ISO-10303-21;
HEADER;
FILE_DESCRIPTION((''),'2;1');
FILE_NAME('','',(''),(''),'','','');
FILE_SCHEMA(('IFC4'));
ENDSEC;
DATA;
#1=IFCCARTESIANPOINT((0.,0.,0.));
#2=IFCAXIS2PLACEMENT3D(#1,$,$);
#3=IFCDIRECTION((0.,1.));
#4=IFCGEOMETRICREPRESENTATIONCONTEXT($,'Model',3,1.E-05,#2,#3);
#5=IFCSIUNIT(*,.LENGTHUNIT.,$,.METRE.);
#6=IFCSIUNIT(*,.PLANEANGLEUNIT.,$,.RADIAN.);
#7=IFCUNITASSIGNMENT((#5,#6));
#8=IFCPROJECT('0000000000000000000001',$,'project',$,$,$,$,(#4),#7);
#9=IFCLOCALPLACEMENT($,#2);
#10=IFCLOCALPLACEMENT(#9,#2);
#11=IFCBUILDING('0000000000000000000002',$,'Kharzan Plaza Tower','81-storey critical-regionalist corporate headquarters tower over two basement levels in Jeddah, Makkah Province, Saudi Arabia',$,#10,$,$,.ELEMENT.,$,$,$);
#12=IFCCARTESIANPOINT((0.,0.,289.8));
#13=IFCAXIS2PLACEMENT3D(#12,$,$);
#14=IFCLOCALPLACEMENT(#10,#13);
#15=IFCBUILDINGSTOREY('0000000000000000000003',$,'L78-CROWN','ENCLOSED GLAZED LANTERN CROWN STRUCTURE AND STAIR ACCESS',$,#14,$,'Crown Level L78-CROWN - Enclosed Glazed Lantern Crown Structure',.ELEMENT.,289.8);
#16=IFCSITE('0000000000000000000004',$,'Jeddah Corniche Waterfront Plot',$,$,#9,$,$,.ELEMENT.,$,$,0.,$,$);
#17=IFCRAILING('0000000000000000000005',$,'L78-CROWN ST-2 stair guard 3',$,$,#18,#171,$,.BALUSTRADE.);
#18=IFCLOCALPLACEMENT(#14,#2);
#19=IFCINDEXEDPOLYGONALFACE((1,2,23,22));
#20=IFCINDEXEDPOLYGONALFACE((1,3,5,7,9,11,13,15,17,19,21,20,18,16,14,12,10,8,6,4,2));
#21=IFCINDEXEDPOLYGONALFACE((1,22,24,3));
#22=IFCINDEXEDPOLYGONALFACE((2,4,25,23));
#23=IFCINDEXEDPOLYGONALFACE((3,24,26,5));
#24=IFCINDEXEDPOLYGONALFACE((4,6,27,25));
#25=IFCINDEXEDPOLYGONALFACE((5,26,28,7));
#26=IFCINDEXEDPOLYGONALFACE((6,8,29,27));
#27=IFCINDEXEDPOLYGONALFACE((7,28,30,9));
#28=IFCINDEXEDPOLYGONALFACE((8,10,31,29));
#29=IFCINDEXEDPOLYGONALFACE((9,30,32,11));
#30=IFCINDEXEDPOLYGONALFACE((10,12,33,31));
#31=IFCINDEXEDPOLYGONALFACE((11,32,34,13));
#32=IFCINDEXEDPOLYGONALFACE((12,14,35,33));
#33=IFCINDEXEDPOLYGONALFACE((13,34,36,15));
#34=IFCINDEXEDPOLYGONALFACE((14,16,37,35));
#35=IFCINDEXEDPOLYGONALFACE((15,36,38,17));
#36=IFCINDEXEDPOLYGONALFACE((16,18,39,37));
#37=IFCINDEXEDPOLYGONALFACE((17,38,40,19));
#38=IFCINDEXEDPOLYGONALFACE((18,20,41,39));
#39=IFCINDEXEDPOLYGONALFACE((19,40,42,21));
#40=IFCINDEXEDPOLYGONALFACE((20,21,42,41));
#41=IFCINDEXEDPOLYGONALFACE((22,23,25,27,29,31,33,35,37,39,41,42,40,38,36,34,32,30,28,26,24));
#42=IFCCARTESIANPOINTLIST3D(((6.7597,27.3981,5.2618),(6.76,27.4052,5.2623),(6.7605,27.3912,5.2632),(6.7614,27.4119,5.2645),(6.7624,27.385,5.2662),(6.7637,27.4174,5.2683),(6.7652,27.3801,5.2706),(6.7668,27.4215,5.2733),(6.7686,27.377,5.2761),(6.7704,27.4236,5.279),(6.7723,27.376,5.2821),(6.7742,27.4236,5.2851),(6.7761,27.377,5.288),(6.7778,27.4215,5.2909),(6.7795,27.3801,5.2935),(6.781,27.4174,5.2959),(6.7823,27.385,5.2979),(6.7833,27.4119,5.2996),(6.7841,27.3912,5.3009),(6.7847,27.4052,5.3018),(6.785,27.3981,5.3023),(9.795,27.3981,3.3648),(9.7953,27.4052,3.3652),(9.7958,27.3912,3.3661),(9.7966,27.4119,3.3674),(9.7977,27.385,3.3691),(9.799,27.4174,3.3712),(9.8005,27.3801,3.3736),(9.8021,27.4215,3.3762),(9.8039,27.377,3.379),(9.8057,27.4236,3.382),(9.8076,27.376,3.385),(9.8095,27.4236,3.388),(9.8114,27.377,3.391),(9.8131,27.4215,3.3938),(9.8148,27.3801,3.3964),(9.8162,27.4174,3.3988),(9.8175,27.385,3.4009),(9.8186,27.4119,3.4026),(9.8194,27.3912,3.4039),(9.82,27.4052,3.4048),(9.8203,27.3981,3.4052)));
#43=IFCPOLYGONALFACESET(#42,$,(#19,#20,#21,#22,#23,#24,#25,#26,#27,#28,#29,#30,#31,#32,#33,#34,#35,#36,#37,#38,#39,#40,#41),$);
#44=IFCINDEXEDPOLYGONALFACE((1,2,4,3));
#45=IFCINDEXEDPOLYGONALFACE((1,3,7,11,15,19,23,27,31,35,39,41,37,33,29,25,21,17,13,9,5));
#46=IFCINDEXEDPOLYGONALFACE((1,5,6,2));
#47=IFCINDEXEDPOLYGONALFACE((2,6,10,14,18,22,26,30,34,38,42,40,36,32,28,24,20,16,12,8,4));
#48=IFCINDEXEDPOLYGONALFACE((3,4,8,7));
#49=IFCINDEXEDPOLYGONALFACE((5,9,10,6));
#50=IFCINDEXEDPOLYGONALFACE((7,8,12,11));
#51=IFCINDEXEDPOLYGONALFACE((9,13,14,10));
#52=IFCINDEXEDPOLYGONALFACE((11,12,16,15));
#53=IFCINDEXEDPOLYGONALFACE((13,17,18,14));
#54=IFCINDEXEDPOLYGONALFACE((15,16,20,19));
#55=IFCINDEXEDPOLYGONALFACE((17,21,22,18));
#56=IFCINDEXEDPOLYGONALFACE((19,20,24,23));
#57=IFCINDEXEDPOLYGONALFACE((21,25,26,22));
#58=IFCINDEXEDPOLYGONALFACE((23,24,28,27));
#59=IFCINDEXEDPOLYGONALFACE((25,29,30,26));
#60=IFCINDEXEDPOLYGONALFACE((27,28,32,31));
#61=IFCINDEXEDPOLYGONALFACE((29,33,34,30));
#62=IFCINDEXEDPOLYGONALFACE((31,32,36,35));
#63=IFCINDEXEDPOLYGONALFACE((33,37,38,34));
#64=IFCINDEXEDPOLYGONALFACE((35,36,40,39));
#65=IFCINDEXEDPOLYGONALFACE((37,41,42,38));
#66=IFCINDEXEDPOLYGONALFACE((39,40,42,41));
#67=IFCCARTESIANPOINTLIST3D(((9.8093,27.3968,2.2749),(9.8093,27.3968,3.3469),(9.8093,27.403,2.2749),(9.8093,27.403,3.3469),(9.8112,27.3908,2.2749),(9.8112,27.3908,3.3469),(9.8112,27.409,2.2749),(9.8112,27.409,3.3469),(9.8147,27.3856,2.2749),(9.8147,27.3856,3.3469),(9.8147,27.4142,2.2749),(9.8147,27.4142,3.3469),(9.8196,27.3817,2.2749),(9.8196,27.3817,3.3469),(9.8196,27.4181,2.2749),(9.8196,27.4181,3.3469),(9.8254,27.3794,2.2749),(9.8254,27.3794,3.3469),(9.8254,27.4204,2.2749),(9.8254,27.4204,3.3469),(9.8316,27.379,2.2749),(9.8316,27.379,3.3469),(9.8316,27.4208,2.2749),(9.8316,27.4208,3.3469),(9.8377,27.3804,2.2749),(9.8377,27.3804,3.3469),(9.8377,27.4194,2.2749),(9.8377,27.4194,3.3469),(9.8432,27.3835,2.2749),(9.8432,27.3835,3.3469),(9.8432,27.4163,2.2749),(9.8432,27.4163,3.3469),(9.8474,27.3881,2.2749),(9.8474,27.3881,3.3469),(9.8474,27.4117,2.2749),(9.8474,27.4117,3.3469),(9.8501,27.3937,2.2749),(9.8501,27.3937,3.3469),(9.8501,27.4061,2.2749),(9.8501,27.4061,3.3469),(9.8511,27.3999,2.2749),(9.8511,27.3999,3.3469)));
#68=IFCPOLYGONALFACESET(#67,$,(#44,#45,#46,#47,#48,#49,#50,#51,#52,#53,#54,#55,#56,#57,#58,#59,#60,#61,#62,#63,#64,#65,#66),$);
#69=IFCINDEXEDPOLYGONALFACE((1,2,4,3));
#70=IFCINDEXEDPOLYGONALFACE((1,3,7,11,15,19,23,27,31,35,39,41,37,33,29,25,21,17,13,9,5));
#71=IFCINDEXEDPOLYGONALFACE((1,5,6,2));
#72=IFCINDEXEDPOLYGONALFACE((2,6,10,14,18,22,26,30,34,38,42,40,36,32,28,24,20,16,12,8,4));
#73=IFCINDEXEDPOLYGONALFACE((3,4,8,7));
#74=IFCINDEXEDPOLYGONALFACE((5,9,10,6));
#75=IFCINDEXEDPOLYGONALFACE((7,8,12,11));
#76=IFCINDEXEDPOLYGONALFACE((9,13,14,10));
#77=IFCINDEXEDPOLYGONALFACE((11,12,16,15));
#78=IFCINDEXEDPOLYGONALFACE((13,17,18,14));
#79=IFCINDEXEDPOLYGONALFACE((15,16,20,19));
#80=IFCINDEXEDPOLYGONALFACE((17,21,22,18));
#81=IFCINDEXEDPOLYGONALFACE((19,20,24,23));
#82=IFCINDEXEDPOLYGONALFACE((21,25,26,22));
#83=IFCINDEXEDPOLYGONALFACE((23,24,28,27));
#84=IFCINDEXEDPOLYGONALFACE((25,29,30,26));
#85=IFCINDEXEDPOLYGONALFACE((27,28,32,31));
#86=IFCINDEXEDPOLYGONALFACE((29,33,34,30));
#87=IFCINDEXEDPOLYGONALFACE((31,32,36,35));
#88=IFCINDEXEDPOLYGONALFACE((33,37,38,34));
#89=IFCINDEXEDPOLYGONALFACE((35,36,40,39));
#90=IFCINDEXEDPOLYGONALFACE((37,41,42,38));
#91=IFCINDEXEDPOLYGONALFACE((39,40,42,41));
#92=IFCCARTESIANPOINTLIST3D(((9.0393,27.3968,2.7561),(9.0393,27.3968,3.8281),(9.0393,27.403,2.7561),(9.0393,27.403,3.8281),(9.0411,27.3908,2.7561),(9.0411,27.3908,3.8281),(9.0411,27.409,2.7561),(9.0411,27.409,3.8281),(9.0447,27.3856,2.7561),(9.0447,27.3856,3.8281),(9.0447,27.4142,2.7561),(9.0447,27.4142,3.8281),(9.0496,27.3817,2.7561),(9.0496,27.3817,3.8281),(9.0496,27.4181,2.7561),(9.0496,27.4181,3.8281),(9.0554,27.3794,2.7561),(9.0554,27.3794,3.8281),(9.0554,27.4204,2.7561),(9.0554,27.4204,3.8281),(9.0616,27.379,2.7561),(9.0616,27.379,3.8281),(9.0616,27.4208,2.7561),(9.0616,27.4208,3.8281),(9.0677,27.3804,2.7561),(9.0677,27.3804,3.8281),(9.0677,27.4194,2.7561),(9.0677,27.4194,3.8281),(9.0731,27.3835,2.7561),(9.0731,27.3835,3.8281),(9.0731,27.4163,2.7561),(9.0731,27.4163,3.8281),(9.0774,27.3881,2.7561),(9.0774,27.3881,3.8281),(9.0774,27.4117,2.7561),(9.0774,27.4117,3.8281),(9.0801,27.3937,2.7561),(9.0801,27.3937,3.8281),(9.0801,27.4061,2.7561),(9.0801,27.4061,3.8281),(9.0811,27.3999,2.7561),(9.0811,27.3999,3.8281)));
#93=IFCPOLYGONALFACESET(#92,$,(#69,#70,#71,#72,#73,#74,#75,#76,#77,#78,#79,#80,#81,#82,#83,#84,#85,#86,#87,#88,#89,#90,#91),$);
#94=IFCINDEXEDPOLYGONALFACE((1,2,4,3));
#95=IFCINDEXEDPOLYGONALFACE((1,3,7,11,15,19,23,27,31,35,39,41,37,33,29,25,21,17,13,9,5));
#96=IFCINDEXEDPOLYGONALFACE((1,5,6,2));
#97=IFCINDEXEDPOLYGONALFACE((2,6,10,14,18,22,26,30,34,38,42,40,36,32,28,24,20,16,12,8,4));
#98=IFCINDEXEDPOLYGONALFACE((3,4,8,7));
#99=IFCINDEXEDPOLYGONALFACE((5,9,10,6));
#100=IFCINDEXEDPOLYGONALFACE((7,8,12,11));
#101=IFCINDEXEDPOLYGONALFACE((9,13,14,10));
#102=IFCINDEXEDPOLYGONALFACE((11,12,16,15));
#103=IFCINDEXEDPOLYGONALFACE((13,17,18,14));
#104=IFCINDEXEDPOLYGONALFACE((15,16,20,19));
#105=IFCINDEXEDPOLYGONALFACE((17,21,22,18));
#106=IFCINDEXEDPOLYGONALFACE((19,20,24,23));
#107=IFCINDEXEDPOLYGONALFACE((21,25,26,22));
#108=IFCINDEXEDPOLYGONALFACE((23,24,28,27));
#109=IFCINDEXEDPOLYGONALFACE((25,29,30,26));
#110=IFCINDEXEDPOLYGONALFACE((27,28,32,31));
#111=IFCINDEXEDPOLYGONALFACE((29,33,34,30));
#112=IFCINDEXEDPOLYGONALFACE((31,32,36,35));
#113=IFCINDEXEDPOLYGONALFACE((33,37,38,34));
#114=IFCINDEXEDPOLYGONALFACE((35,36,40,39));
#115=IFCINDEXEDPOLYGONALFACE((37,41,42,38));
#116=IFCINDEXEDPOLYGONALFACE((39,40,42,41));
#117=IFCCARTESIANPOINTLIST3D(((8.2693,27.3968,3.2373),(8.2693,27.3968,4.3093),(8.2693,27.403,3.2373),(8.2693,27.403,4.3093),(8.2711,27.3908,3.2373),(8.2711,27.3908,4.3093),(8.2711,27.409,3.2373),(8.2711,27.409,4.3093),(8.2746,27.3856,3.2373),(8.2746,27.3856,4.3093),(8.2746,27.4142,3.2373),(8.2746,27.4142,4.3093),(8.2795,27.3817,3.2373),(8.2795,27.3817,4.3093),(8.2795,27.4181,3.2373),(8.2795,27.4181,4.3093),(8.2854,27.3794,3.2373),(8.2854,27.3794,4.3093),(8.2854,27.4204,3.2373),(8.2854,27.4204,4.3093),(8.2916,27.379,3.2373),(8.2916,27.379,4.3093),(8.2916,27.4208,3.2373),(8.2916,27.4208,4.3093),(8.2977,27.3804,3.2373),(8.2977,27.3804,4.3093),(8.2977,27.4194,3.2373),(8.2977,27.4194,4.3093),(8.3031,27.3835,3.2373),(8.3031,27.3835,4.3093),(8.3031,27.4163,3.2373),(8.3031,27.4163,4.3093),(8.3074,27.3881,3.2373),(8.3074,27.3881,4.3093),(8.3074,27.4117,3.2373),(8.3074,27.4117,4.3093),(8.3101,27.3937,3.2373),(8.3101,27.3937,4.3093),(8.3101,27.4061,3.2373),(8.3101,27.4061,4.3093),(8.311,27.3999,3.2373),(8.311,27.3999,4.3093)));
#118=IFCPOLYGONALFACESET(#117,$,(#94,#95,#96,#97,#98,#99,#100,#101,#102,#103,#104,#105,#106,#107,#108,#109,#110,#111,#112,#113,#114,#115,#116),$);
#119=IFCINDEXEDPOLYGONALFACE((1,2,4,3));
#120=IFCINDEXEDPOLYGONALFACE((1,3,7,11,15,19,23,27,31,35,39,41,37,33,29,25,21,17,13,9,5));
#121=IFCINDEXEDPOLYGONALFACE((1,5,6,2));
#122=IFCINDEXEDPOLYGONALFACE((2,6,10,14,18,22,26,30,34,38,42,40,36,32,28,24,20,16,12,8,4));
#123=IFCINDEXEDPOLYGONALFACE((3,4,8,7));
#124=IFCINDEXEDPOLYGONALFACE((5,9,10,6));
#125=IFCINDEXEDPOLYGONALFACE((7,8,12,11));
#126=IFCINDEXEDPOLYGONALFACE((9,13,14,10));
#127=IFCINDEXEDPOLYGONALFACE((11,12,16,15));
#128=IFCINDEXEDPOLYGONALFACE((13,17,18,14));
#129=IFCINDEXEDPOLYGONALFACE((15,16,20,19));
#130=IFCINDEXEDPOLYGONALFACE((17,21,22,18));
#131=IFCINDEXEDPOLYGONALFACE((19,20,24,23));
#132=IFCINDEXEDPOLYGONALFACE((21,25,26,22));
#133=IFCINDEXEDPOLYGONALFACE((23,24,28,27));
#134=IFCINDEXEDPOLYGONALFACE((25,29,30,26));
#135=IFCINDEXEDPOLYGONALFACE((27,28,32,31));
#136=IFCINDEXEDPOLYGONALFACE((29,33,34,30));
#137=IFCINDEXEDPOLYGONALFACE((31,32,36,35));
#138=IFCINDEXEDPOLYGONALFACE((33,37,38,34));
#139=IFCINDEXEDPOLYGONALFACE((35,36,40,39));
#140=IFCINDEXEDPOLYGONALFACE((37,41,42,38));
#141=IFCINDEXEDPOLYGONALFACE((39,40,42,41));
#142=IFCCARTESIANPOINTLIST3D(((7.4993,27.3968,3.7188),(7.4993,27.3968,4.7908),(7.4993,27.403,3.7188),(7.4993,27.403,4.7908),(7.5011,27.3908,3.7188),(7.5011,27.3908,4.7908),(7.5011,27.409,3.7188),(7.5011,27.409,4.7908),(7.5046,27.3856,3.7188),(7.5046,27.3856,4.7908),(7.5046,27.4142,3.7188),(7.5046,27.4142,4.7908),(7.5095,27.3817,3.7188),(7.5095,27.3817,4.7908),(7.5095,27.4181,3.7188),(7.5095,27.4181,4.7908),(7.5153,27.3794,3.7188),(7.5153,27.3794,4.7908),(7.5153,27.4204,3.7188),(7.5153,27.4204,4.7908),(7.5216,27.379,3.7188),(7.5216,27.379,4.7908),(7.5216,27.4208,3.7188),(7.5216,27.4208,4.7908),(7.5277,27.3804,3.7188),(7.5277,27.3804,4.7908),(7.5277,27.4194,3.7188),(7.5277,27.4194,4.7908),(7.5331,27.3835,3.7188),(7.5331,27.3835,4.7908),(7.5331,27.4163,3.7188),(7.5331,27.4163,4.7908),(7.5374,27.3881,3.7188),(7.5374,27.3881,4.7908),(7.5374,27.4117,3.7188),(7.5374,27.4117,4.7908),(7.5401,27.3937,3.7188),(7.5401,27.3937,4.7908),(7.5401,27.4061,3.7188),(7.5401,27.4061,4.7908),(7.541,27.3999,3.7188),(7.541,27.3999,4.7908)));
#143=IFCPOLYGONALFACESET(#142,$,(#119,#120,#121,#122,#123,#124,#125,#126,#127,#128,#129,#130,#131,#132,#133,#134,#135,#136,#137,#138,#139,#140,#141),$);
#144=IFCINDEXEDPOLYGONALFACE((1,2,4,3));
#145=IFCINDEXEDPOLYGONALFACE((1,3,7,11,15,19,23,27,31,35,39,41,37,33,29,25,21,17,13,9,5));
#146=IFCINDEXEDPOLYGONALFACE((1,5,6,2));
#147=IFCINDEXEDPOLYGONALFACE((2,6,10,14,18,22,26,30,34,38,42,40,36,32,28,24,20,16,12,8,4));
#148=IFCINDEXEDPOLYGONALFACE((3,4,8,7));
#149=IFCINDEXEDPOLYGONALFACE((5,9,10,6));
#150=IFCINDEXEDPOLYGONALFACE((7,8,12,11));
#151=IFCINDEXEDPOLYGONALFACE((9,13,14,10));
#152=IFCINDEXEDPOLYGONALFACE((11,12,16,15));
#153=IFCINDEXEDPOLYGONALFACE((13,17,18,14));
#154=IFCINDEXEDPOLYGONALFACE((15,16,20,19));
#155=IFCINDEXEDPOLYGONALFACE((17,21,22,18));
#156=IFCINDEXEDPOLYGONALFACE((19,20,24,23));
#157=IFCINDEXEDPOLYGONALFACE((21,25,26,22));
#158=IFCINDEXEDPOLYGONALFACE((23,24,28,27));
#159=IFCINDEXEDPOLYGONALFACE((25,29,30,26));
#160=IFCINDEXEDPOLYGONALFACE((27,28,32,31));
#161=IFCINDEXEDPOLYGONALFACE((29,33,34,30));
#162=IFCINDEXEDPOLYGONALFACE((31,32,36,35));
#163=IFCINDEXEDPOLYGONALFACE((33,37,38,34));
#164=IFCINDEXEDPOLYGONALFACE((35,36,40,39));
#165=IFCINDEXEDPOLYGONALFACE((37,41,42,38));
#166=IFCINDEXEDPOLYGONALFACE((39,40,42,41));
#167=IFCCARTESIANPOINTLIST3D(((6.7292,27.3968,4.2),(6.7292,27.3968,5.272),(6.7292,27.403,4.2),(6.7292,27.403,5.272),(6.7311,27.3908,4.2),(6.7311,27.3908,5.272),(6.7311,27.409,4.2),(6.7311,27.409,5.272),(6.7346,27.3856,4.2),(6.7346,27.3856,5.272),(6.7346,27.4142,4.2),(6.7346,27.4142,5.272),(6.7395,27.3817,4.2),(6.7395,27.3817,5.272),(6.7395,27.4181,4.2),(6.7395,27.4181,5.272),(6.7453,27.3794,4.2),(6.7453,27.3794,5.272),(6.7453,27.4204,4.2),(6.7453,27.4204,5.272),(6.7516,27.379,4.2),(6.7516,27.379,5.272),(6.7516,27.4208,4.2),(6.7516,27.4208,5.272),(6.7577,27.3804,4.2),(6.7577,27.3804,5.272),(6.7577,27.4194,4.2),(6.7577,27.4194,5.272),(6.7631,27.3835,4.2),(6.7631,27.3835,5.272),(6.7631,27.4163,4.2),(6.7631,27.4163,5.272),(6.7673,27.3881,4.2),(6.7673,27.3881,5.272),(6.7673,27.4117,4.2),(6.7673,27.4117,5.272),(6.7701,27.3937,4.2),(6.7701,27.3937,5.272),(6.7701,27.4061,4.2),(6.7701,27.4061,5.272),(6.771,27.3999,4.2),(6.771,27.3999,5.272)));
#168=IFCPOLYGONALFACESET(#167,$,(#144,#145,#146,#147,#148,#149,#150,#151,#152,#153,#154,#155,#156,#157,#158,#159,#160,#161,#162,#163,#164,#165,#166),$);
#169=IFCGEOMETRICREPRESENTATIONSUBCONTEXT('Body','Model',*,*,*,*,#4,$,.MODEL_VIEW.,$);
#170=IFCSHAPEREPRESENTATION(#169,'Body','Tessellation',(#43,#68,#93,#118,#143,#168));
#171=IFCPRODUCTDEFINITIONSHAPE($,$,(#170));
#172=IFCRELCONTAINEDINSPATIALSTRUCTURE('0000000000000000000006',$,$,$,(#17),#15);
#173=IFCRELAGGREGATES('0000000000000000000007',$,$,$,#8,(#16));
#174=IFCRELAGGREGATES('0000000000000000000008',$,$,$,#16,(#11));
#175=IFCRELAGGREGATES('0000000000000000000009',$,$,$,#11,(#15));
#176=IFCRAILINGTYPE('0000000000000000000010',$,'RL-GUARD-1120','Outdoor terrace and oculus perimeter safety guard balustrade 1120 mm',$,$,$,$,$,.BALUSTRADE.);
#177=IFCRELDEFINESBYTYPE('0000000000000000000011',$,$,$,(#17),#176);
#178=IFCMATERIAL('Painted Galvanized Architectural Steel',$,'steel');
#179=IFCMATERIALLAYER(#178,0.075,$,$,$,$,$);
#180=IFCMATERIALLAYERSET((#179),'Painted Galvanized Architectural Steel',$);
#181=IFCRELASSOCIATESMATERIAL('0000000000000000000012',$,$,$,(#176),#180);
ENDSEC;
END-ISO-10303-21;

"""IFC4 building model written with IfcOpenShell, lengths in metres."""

from ifc_helpers import new_model, si_unit, direction, frame, origin, origin_2d, place, context, subcontext, project, spatial, circle, extrude, source, transform, mapped, material, layer, layer_set, type_object, element, save


model = new_model("IFC4")

# Units and contexts
model_context = context("Model", 3, precision=1e-05, world=origin(), true_north=direction((0.0, 1.0)))
body_context = subcontext(model_context, "Body", "Model", "MODEL_VIEW")
ifc_project = project(units=[si_unit("LENGTHUNIT", "METRE"), si_unit("PLANEANGLEUNIT", "RADIAN")], contexts=[model_context])

# Site, building, storey
site_placement = place(None, origin())
site = spatial("IfcSite", under=ifc_project, at=site_placement, Name="Jeddah Corniche Waterfront Plot", CompositionType="ELEMENT", RefElevation=0.0)
building_placement = place(site_placement, origin())
building = spatial("IfcBuilding", under=site, at=building_placement, Name="Kharzan Plaza Tower", Description="81-storey critical-regionalist corporate headquarters tower over two basement levels in Jeddah, Makkah Province, Saudi Arabia", CompositionType="ELEMENT")
storey_placement = place(building_placement, frame((0.0, 0.0, 289.8)))
storey = spatial("IfcBuildingStorey", under=building, at=storey_placement, Name="L78-CROWN", Description="ENCLOSED GLAZED LANTERN CROWN STRUCTURE AND STAIR ACCESS", LongName="Crown Level L78-CROWN - Enclosed Glazed Lantern Crown Structure", CompositionType="ELEMENT", Elevation=289.8)

# Railing
ifc_material_1 = material(Name="Painted Galvanized Architectural Steel", Category="steel")
ifc_layer_1 = layer(ifc_material_1, 0.075)
ifc_layer_set_1 = layer_set([ifc_layer_1], Name="Painted Galvanized Architectural Steel")
railing_type_1 = type_object("IfcRailingType", Name="RL-GUARD-1120", Description="Outdoor terrace and oculus perimeter safety guard balustrade 1120 mm", PredefinedType="BALUSTRADE", material=ifc_layer_set_1)
shared_shape_1 = source(origin(), body_context, "Body", "SweptSolid", [
    extrude(circle(Radius=0.0239, at=origin_2d()), frame((-0.0225, 0.0, 1.1101), z_axis=(-0.847998, 0.0, 0.529999), x_axis=(0.0, -1.0, 0.0)), (0.0, 0.0, 1.0), 3.5793),
    extrude(circle(Radius=0.021, at=origin_2d()), origin(), (0.0, 0.0, 1.0), 1.072),
    extrude(circle(Radius=0.021, at=origin_2d()), frame((-0.77, 0.0, 0.4812)), (0.0, 0.0, 1.0), 1.072),
    extrude(circle(Radius=0.021, at=origin_2d()), frame((-1.54, 0.0, 0.9624)), (0.0, 0.0, 1.0), 1.072),
    extrude(circle(Radius=0.021, at=origin_2d()), frame((-2.3101, 0.0, 1.4438)), (0.0, 0.0, 1.0), 1.072),
    extrude(circle(Radius=0.021, at=origin_2d()), frame((-3.0801, 0.0, 1.925)), (0.0, 0.0, 1.0), 1.072),
])
railing_1_placement = place(storey_placement, frame((9.8301, 27.3999, 2.2749)))
element("IfcRailing", 1, at=railing_1_placement, inside=storey, type_object=railing_type_1, Name="L78-CROWN ST-2 stair guard 3", PredefinedType="BALUSTRADE", context=body_context, shape_type="MappedRepresentation", body=[
    mapped(shared_shape_1, transform((0.0, 0.0, 0.0), x_axis=(1.0, 0.0, 0.0), y_axis=(0.0, 1.0, 0.0), z_axis=(0.0, 0.0, 1.0))),
])

save(model, "model.ifc")
